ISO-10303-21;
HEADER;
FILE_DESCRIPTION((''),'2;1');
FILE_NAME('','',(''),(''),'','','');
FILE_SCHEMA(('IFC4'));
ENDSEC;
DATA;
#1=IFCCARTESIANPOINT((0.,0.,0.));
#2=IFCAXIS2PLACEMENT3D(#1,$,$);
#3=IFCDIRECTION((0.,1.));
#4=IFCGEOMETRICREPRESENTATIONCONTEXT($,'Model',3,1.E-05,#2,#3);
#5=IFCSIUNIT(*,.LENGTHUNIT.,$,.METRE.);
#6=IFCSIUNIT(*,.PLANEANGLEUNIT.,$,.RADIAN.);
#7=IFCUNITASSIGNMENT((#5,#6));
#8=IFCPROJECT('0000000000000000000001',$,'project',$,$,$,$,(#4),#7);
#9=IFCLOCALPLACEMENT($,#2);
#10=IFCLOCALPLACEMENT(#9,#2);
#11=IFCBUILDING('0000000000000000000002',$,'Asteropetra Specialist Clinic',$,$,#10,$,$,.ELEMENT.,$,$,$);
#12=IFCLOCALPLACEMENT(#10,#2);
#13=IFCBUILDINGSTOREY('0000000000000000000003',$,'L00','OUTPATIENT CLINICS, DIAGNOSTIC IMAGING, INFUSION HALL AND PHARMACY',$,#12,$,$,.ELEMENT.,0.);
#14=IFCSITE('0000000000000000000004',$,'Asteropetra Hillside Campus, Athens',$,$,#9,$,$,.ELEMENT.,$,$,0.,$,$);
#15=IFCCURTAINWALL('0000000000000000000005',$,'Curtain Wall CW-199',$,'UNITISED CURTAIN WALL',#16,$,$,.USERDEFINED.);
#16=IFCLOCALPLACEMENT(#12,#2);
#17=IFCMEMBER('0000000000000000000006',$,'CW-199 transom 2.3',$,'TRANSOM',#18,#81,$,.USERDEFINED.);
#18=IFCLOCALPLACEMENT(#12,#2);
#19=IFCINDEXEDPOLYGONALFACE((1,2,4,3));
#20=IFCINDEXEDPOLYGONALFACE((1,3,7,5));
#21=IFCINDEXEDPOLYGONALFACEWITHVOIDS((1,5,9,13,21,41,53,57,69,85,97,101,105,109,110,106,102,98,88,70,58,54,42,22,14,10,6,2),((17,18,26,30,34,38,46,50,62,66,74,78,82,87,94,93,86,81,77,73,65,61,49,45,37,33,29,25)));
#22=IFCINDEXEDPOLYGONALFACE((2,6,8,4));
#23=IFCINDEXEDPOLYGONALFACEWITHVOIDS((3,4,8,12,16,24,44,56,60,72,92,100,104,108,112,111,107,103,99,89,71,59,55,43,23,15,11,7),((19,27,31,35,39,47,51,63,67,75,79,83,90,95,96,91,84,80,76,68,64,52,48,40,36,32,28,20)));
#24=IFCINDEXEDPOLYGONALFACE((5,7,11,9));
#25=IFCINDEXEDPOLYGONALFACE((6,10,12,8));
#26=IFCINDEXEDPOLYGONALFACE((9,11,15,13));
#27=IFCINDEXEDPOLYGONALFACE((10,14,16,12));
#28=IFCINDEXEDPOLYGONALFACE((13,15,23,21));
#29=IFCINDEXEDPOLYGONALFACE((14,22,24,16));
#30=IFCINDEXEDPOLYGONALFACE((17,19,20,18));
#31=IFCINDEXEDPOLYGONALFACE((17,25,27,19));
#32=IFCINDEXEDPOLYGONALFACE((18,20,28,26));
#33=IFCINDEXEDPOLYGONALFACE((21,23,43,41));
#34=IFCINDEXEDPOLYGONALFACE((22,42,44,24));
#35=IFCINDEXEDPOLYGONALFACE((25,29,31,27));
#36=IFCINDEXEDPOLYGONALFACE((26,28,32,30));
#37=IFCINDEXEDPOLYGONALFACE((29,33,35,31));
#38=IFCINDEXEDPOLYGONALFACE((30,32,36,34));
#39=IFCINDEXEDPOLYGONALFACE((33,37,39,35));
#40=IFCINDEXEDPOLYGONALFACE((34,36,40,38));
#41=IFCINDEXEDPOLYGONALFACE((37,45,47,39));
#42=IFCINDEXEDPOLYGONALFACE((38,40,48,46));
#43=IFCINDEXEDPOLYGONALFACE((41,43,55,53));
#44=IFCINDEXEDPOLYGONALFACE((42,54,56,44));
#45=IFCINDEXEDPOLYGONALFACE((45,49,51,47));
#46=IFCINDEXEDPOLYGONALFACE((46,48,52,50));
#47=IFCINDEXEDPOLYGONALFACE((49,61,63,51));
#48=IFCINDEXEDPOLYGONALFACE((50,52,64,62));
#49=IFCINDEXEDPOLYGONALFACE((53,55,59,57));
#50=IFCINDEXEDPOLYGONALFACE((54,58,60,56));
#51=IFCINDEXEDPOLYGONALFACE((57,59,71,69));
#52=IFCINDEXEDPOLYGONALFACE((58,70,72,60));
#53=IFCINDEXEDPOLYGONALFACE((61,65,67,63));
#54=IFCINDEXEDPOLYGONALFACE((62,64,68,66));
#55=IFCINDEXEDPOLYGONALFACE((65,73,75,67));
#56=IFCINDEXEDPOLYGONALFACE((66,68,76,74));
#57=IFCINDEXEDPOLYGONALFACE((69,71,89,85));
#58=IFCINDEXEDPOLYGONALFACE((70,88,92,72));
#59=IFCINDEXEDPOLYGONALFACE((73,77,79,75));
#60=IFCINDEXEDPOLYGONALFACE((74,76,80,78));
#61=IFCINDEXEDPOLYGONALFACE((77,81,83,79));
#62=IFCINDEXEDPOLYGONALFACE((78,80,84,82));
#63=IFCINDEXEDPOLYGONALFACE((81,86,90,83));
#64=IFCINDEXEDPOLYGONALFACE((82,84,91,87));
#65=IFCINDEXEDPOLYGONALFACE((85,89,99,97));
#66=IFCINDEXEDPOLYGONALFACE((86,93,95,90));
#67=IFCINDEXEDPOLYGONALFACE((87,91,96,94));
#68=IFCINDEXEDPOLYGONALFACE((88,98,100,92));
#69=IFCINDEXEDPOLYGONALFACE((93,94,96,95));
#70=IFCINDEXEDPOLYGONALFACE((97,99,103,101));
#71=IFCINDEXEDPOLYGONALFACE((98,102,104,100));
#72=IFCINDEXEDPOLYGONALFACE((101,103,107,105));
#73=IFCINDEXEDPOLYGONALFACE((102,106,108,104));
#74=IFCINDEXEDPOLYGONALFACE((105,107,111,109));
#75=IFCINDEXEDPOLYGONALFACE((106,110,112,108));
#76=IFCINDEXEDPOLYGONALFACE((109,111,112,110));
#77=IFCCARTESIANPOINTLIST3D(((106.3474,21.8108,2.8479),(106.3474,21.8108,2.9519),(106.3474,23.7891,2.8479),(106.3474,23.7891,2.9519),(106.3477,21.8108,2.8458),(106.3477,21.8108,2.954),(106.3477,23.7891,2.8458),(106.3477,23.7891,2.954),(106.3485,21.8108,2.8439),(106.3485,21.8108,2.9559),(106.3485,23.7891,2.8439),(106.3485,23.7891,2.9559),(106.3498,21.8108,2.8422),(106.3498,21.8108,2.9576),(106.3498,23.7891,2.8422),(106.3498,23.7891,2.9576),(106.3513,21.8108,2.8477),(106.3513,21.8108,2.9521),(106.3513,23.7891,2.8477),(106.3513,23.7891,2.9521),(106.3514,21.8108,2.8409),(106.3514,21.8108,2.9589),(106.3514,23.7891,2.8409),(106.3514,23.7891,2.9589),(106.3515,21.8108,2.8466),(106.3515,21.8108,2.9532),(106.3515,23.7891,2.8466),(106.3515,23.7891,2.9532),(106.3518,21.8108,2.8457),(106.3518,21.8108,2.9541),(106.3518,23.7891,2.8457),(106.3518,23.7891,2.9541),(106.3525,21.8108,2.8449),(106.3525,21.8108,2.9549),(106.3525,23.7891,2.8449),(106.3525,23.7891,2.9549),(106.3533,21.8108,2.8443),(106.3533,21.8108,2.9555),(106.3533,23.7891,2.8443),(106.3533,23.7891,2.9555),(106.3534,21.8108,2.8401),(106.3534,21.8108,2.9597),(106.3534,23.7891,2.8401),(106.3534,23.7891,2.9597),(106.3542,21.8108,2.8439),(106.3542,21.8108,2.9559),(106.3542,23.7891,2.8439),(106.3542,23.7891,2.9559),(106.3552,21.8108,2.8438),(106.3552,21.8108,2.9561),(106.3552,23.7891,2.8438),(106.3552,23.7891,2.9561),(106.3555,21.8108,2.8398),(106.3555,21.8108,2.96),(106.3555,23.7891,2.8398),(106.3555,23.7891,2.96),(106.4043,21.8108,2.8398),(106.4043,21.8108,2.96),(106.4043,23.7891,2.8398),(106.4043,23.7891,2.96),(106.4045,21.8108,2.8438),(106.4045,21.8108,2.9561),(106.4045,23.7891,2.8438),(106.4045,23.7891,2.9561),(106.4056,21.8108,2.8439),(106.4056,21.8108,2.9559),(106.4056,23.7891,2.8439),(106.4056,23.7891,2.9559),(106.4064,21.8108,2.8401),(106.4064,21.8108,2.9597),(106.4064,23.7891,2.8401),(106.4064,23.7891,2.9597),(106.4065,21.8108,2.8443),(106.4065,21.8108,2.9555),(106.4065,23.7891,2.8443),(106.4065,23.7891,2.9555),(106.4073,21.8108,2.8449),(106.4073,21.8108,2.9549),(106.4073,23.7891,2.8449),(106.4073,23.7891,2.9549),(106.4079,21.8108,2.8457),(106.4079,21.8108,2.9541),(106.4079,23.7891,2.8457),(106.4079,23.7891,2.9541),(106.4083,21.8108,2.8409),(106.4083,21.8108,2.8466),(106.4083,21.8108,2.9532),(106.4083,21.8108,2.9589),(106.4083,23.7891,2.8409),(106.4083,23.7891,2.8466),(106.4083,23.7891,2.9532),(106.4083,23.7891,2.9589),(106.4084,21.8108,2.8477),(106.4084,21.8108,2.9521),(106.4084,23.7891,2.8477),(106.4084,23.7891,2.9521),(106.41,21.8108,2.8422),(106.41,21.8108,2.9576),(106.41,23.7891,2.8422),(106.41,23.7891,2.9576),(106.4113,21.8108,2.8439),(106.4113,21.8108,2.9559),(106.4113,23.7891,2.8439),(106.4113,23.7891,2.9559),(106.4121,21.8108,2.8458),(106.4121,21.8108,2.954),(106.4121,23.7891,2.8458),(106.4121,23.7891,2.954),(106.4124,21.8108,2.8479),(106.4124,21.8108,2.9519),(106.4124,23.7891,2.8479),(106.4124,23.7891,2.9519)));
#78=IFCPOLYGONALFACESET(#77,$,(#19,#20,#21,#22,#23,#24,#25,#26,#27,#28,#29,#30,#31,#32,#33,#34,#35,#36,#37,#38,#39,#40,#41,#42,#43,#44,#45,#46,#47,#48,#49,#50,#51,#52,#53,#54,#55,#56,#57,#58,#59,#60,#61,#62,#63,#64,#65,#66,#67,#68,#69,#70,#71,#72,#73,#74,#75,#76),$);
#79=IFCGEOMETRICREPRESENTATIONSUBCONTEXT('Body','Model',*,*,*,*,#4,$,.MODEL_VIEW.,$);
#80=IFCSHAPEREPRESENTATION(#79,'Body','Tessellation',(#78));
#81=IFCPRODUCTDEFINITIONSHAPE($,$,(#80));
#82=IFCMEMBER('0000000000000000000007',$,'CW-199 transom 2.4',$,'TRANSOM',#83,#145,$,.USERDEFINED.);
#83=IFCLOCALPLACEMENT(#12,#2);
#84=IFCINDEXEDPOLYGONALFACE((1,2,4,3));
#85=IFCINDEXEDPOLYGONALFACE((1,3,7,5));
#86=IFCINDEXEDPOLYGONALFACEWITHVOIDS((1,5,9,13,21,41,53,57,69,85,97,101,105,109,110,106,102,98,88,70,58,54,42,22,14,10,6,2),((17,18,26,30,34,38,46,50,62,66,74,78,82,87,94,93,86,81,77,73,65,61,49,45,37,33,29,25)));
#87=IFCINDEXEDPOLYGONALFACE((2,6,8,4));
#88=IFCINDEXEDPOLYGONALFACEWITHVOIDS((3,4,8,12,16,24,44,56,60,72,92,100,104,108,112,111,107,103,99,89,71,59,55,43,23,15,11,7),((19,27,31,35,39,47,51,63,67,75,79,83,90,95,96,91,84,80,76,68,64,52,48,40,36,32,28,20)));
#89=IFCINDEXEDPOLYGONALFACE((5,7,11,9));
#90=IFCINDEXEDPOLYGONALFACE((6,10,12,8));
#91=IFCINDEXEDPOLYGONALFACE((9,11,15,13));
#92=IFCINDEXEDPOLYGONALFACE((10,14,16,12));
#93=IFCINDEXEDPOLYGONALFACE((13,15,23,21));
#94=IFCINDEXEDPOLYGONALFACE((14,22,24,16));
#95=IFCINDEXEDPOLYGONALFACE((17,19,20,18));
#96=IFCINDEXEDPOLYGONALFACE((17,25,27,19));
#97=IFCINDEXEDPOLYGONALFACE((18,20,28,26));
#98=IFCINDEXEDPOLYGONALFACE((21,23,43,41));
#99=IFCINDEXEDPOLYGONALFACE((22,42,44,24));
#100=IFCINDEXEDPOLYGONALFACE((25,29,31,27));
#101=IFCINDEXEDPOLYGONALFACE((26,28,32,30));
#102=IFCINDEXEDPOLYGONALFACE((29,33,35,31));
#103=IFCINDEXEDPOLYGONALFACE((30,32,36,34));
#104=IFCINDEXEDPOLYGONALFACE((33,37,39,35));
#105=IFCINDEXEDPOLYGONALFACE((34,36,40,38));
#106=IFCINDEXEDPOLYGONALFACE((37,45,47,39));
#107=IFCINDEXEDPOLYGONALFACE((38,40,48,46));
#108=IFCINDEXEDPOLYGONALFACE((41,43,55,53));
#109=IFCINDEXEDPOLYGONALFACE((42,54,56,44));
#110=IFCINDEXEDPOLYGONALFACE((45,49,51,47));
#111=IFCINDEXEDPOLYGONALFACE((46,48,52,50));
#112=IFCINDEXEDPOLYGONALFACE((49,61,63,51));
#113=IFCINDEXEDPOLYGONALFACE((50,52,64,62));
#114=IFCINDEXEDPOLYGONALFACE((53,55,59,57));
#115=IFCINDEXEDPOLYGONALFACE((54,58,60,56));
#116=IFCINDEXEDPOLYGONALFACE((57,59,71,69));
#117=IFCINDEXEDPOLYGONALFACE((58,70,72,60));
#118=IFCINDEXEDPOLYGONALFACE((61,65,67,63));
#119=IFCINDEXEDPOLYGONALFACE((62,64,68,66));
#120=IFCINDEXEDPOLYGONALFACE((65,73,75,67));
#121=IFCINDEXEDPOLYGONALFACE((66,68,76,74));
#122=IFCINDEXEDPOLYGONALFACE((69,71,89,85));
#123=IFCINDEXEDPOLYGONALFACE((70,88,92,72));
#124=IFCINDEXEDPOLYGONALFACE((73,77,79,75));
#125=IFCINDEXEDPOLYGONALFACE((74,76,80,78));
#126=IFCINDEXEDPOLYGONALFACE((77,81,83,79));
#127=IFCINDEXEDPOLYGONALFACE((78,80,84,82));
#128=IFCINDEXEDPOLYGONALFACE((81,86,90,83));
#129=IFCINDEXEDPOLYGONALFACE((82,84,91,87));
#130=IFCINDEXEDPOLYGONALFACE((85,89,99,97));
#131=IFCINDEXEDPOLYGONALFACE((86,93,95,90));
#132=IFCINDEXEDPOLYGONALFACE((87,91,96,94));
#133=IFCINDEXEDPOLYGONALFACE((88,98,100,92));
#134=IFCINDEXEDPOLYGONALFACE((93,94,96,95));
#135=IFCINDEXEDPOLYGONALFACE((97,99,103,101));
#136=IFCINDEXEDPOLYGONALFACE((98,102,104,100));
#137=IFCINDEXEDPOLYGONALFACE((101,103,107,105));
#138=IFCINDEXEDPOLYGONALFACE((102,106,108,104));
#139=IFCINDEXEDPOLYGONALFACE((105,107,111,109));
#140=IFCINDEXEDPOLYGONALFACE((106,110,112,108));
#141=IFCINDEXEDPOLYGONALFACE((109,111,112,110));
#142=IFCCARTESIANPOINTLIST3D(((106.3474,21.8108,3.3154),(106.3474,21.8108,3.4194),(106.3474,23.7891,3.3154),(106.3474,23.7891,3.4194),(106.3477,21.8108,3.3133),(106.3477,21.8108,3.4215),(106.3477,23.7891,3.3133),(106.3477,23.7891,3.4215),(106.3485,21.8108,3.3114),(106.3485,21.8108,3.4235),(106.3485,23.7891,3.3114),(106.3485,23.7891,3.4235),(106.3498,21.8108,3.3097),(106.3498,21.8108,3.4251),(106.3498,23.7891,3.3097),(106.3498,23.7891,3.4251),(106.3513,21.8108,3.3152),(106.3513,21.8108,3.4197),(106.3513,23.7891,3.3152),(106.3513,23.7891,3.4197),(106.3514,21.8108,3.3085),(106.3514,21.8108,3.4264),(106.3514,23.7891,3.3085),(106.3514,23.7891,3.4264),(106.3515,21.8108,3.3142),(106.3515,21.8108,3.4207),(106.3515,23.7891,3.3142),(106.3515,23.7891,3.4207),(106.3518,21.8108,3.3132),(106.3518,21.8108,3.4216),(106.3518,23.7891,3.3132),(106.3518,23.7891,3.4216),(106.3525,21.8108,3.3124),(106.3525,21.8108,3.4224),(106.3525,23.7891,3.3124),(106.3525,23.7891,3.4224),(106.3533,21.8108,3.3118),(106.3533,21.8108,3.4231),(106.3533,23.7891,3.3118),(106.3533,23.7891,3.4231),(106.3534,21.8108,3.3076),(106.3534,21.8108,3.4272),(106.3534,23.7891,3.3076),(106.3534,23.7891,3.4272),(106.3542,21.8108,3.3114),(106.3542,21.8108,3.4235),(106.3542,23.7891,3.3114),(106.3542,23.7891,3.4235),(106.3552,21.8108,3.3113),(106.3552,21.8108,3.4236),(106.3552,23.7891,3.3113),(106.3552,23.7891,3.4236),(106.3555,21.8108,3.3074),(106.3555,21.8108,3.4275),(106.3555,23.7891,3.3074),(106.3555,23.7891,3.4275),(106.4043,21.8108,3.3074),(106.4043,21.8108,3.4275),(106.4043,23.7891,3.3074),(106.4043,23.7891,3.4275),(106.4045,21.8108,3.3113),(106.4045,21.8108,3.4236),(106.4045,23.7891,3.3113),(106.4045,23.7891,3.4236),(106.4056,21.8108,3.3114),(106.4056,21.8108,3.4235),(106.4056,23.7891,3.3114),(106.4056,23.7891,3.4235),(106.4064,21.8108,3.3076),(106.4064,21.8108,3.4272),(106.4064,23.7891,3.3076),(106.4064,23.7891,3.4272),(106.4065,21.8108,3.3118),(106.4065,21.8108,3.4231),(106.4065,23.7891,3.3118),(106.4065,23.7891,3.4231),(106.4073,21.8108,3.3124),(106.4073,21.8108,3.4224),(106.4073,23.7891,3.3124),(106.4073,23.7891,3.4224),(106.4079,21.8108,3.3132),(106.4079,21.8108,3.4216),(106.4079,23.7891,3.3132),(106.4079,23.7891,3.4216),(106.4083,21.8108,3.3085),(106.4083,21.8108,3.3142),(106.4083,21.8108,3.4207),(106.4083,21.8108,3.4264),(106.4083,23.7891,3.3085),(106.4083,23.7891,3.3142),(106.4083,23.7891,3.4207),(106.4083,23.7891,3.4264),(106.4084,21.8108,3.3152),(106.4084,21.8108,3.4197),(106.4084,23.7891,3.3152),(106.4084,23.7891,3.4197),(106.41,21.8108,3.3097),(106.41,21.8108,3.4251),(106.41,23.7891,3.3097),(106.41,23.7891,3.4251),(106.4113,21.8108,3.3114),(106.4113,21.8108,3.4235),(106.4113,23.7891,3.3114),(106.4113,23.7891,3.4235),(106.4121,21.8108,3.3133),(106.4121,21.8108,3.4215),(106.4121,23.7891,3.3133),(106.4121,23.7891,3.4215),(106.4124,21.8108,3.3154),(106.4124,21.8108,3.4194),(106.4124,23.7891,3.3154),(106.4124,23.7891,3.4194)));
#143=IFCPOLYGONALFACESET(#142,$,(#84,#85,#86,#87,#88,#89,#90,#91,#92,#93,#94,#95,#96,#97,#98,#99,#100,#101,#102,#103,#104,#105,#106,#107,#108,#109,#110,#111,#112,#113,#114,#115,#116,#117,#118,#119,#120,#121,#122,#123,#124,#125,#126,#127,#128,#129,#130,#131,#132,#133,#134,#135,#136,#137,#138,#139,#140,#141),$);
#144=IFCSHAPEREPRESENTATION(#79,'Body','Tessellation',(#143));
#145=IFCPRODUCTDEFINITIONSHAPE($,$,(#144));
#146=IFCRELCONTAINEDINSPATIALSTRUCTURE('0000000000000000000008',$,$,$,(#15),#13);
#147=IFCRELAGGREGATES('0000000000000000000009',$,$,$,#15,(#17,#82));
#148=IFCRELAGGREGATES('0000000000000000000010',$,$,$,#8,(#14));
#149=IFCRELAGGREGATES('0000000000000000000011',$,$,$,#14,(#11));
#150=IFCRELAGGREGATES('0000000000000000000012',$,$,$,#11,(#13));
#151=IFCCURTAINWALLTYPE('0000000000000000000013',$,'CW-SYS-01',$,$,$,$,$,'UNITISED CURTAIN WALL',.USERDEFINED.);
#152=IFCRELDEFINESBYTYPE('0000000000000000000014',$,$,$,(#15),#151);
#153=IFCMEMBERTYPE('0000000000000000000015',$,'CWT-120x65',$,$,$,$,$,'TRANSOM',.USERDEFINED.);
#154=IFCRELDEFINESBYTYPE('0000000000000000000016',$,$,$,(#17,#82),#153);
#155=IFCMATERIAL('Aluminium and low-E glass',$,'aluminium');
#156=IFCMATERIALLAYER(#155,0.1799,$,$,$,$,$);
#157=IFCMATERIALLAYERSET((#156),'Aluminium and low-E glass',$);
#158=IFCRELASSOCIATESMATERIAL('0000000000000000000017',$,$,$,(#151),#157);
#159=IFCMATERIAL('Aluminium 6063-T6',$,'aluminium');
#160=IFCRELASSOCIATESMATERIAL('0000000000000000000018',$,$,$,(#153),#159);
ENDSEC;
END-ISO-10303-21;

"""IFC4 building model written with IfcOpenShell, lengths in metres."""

from ifc_helpers import new_model, si_unit, direction, frame, origin, origin_2d, place, context, subcontext, project, spatial, hollow_rectangle, extrude, material, layer, layer_set, material_profile, profile_set, type_object, element, aggregate, save


model = new_model("IFC4")

# Units and contexts
model_context = context("Model", 3, precision=1e-05, world=origin(), true_north=direction((0.0, 1.0)))
body_context = subcontext(model_context, "Body", "Model", "MODEL_VIEW")
ifc_project = project(units=[si_unit("LENGTHUNIT", "METRE"), si_unit("PLANEANGLEUNIT", "RADIAN")], contexts=[model_context])

# Site, building, storey
site_placement = place(None, origin())
site = spatial("IfcSite", under=ifc_project, at=site_placement, Name="Asteropetra Hillside Campus, Athens", CompositionType="ELEMENT", RefElevation=0.0)
building_placement = place(site_placement, origin())
building = spatial("IfcBuilding", under=site, at=building_placement, Name="Asteropetra Specialist Clinic", CompositionType="ELEMENT")
storey_placement = place(building_placement, origin())
storey = spatial("IfcBuildingStorey", under=building, at=storey_placement, Name="L00", Description="OUTPATIENT CLINICS, DIAGNOSTIC IMAGING, INFUSION HALL AND PHARMACY", CompositionType="ELEMENT", Elevation=0.0)

# Curtain wall, members
ifc_material_1 = material(Name="Aluminium and low-E glass", Category="aluminium")
ifc_layer_1 = layer(ifc_material_1, 0.1799)
ifc_layer_set_1 = layer_set([ifc_layer_1], Name="Aluminium and low-E glass")
curtain_wall_type = type_object("IfcCurtainWallType", Name="CW-SYS-01", ElementType="UNITISED CURTAIN WALL", PredefinedType="USERDEFINED", material=ifc_layer_set_1)
curtain_wall_placement = place(storey_placement, origin())
curtain_wall = element("IfcCurtainWall", 1, at=curtain_wall_placement, inside=storey, type_object=curtain_wall_type, Name="Curtain Wall CW-199", ObjectType="UNITISED CURTAIN WALL", PredefinedType="USERDEFINED")
ifc_material_2 = material(Name="Aluminium 6063-T6", Category="aluminium")
ifc_material_profile_1 = material_profile(ifc_material_2, hollow_rectangle(XDim=0.0649, YDim=0.1201, WallThickness=0.0039, InnerFilletRadius=0.0039, OuterFilletRadius=0.0081, at=origin_2d()), Name="TRN 120x65x4.0")
ifc_profile_set_1 = profile_set([ifc_material_profile_1], Name="Aluminium 6063-T6")
member_type_1 = type_object("IfcMemberType", Name="CWT-120x65", ElementType="TRANSOM", PredefinedType="USERDEFINED", material=ifc_profile_set_1)
member_1_placement = place(storey_placement, frame((106.3799, 23.7891, 2.8999), z_axis=(0.0, -1.0, 0.0), x_axis=(1.0, 0.0, 0.0)))
member_1 = element("IfcMember", 2, at=member_1_placement, type_object=member_type_1, Name="CW-199 transom 2.3", ObjectType="TRANSOM", PredefinedType="USERDEFINED", context=body_context, shape_type="SweptSolid", body=[
    extrude(hollow_rectangle(XDim=0.0649, YDim=0.1201, WallThickness=0.0039, InnerFilletRadius=0.0039, OuterFilletRadius=0.0081, at=origin_2d()), origin(), (0.0, 0.0, 1.0), 1.9783),
])
member_2_placement = place(storey_placement, frame((106.3799, 23.7891, 3.3674), z_axis=(0.0, -1.0, 0.0), x_axis=(1.0, 0.0, 0.0)))
member_2 = element("IfcMember", 3, at=member_2_placement, type_object=member_type_1, Name="CW-199 transom 2.4", ObjectType="TRANSOM", PredefinedType="USERDEFINED", context=body_context, shape_type="SweptSolid", body=[
    extrude(hollow_rectangle(XDim=0.0649, YDim=0.1201, WallThickness=0.0039, InnerFilletRadius=0.0039, OuterFilletRadius=0.0081, at=origin_2d()), origin(), (0.0, 0.0, 1.0), 1.9783),
])
aggregate(curtain_wall, [member_1, member_2])

save(model, "model.ifc")
